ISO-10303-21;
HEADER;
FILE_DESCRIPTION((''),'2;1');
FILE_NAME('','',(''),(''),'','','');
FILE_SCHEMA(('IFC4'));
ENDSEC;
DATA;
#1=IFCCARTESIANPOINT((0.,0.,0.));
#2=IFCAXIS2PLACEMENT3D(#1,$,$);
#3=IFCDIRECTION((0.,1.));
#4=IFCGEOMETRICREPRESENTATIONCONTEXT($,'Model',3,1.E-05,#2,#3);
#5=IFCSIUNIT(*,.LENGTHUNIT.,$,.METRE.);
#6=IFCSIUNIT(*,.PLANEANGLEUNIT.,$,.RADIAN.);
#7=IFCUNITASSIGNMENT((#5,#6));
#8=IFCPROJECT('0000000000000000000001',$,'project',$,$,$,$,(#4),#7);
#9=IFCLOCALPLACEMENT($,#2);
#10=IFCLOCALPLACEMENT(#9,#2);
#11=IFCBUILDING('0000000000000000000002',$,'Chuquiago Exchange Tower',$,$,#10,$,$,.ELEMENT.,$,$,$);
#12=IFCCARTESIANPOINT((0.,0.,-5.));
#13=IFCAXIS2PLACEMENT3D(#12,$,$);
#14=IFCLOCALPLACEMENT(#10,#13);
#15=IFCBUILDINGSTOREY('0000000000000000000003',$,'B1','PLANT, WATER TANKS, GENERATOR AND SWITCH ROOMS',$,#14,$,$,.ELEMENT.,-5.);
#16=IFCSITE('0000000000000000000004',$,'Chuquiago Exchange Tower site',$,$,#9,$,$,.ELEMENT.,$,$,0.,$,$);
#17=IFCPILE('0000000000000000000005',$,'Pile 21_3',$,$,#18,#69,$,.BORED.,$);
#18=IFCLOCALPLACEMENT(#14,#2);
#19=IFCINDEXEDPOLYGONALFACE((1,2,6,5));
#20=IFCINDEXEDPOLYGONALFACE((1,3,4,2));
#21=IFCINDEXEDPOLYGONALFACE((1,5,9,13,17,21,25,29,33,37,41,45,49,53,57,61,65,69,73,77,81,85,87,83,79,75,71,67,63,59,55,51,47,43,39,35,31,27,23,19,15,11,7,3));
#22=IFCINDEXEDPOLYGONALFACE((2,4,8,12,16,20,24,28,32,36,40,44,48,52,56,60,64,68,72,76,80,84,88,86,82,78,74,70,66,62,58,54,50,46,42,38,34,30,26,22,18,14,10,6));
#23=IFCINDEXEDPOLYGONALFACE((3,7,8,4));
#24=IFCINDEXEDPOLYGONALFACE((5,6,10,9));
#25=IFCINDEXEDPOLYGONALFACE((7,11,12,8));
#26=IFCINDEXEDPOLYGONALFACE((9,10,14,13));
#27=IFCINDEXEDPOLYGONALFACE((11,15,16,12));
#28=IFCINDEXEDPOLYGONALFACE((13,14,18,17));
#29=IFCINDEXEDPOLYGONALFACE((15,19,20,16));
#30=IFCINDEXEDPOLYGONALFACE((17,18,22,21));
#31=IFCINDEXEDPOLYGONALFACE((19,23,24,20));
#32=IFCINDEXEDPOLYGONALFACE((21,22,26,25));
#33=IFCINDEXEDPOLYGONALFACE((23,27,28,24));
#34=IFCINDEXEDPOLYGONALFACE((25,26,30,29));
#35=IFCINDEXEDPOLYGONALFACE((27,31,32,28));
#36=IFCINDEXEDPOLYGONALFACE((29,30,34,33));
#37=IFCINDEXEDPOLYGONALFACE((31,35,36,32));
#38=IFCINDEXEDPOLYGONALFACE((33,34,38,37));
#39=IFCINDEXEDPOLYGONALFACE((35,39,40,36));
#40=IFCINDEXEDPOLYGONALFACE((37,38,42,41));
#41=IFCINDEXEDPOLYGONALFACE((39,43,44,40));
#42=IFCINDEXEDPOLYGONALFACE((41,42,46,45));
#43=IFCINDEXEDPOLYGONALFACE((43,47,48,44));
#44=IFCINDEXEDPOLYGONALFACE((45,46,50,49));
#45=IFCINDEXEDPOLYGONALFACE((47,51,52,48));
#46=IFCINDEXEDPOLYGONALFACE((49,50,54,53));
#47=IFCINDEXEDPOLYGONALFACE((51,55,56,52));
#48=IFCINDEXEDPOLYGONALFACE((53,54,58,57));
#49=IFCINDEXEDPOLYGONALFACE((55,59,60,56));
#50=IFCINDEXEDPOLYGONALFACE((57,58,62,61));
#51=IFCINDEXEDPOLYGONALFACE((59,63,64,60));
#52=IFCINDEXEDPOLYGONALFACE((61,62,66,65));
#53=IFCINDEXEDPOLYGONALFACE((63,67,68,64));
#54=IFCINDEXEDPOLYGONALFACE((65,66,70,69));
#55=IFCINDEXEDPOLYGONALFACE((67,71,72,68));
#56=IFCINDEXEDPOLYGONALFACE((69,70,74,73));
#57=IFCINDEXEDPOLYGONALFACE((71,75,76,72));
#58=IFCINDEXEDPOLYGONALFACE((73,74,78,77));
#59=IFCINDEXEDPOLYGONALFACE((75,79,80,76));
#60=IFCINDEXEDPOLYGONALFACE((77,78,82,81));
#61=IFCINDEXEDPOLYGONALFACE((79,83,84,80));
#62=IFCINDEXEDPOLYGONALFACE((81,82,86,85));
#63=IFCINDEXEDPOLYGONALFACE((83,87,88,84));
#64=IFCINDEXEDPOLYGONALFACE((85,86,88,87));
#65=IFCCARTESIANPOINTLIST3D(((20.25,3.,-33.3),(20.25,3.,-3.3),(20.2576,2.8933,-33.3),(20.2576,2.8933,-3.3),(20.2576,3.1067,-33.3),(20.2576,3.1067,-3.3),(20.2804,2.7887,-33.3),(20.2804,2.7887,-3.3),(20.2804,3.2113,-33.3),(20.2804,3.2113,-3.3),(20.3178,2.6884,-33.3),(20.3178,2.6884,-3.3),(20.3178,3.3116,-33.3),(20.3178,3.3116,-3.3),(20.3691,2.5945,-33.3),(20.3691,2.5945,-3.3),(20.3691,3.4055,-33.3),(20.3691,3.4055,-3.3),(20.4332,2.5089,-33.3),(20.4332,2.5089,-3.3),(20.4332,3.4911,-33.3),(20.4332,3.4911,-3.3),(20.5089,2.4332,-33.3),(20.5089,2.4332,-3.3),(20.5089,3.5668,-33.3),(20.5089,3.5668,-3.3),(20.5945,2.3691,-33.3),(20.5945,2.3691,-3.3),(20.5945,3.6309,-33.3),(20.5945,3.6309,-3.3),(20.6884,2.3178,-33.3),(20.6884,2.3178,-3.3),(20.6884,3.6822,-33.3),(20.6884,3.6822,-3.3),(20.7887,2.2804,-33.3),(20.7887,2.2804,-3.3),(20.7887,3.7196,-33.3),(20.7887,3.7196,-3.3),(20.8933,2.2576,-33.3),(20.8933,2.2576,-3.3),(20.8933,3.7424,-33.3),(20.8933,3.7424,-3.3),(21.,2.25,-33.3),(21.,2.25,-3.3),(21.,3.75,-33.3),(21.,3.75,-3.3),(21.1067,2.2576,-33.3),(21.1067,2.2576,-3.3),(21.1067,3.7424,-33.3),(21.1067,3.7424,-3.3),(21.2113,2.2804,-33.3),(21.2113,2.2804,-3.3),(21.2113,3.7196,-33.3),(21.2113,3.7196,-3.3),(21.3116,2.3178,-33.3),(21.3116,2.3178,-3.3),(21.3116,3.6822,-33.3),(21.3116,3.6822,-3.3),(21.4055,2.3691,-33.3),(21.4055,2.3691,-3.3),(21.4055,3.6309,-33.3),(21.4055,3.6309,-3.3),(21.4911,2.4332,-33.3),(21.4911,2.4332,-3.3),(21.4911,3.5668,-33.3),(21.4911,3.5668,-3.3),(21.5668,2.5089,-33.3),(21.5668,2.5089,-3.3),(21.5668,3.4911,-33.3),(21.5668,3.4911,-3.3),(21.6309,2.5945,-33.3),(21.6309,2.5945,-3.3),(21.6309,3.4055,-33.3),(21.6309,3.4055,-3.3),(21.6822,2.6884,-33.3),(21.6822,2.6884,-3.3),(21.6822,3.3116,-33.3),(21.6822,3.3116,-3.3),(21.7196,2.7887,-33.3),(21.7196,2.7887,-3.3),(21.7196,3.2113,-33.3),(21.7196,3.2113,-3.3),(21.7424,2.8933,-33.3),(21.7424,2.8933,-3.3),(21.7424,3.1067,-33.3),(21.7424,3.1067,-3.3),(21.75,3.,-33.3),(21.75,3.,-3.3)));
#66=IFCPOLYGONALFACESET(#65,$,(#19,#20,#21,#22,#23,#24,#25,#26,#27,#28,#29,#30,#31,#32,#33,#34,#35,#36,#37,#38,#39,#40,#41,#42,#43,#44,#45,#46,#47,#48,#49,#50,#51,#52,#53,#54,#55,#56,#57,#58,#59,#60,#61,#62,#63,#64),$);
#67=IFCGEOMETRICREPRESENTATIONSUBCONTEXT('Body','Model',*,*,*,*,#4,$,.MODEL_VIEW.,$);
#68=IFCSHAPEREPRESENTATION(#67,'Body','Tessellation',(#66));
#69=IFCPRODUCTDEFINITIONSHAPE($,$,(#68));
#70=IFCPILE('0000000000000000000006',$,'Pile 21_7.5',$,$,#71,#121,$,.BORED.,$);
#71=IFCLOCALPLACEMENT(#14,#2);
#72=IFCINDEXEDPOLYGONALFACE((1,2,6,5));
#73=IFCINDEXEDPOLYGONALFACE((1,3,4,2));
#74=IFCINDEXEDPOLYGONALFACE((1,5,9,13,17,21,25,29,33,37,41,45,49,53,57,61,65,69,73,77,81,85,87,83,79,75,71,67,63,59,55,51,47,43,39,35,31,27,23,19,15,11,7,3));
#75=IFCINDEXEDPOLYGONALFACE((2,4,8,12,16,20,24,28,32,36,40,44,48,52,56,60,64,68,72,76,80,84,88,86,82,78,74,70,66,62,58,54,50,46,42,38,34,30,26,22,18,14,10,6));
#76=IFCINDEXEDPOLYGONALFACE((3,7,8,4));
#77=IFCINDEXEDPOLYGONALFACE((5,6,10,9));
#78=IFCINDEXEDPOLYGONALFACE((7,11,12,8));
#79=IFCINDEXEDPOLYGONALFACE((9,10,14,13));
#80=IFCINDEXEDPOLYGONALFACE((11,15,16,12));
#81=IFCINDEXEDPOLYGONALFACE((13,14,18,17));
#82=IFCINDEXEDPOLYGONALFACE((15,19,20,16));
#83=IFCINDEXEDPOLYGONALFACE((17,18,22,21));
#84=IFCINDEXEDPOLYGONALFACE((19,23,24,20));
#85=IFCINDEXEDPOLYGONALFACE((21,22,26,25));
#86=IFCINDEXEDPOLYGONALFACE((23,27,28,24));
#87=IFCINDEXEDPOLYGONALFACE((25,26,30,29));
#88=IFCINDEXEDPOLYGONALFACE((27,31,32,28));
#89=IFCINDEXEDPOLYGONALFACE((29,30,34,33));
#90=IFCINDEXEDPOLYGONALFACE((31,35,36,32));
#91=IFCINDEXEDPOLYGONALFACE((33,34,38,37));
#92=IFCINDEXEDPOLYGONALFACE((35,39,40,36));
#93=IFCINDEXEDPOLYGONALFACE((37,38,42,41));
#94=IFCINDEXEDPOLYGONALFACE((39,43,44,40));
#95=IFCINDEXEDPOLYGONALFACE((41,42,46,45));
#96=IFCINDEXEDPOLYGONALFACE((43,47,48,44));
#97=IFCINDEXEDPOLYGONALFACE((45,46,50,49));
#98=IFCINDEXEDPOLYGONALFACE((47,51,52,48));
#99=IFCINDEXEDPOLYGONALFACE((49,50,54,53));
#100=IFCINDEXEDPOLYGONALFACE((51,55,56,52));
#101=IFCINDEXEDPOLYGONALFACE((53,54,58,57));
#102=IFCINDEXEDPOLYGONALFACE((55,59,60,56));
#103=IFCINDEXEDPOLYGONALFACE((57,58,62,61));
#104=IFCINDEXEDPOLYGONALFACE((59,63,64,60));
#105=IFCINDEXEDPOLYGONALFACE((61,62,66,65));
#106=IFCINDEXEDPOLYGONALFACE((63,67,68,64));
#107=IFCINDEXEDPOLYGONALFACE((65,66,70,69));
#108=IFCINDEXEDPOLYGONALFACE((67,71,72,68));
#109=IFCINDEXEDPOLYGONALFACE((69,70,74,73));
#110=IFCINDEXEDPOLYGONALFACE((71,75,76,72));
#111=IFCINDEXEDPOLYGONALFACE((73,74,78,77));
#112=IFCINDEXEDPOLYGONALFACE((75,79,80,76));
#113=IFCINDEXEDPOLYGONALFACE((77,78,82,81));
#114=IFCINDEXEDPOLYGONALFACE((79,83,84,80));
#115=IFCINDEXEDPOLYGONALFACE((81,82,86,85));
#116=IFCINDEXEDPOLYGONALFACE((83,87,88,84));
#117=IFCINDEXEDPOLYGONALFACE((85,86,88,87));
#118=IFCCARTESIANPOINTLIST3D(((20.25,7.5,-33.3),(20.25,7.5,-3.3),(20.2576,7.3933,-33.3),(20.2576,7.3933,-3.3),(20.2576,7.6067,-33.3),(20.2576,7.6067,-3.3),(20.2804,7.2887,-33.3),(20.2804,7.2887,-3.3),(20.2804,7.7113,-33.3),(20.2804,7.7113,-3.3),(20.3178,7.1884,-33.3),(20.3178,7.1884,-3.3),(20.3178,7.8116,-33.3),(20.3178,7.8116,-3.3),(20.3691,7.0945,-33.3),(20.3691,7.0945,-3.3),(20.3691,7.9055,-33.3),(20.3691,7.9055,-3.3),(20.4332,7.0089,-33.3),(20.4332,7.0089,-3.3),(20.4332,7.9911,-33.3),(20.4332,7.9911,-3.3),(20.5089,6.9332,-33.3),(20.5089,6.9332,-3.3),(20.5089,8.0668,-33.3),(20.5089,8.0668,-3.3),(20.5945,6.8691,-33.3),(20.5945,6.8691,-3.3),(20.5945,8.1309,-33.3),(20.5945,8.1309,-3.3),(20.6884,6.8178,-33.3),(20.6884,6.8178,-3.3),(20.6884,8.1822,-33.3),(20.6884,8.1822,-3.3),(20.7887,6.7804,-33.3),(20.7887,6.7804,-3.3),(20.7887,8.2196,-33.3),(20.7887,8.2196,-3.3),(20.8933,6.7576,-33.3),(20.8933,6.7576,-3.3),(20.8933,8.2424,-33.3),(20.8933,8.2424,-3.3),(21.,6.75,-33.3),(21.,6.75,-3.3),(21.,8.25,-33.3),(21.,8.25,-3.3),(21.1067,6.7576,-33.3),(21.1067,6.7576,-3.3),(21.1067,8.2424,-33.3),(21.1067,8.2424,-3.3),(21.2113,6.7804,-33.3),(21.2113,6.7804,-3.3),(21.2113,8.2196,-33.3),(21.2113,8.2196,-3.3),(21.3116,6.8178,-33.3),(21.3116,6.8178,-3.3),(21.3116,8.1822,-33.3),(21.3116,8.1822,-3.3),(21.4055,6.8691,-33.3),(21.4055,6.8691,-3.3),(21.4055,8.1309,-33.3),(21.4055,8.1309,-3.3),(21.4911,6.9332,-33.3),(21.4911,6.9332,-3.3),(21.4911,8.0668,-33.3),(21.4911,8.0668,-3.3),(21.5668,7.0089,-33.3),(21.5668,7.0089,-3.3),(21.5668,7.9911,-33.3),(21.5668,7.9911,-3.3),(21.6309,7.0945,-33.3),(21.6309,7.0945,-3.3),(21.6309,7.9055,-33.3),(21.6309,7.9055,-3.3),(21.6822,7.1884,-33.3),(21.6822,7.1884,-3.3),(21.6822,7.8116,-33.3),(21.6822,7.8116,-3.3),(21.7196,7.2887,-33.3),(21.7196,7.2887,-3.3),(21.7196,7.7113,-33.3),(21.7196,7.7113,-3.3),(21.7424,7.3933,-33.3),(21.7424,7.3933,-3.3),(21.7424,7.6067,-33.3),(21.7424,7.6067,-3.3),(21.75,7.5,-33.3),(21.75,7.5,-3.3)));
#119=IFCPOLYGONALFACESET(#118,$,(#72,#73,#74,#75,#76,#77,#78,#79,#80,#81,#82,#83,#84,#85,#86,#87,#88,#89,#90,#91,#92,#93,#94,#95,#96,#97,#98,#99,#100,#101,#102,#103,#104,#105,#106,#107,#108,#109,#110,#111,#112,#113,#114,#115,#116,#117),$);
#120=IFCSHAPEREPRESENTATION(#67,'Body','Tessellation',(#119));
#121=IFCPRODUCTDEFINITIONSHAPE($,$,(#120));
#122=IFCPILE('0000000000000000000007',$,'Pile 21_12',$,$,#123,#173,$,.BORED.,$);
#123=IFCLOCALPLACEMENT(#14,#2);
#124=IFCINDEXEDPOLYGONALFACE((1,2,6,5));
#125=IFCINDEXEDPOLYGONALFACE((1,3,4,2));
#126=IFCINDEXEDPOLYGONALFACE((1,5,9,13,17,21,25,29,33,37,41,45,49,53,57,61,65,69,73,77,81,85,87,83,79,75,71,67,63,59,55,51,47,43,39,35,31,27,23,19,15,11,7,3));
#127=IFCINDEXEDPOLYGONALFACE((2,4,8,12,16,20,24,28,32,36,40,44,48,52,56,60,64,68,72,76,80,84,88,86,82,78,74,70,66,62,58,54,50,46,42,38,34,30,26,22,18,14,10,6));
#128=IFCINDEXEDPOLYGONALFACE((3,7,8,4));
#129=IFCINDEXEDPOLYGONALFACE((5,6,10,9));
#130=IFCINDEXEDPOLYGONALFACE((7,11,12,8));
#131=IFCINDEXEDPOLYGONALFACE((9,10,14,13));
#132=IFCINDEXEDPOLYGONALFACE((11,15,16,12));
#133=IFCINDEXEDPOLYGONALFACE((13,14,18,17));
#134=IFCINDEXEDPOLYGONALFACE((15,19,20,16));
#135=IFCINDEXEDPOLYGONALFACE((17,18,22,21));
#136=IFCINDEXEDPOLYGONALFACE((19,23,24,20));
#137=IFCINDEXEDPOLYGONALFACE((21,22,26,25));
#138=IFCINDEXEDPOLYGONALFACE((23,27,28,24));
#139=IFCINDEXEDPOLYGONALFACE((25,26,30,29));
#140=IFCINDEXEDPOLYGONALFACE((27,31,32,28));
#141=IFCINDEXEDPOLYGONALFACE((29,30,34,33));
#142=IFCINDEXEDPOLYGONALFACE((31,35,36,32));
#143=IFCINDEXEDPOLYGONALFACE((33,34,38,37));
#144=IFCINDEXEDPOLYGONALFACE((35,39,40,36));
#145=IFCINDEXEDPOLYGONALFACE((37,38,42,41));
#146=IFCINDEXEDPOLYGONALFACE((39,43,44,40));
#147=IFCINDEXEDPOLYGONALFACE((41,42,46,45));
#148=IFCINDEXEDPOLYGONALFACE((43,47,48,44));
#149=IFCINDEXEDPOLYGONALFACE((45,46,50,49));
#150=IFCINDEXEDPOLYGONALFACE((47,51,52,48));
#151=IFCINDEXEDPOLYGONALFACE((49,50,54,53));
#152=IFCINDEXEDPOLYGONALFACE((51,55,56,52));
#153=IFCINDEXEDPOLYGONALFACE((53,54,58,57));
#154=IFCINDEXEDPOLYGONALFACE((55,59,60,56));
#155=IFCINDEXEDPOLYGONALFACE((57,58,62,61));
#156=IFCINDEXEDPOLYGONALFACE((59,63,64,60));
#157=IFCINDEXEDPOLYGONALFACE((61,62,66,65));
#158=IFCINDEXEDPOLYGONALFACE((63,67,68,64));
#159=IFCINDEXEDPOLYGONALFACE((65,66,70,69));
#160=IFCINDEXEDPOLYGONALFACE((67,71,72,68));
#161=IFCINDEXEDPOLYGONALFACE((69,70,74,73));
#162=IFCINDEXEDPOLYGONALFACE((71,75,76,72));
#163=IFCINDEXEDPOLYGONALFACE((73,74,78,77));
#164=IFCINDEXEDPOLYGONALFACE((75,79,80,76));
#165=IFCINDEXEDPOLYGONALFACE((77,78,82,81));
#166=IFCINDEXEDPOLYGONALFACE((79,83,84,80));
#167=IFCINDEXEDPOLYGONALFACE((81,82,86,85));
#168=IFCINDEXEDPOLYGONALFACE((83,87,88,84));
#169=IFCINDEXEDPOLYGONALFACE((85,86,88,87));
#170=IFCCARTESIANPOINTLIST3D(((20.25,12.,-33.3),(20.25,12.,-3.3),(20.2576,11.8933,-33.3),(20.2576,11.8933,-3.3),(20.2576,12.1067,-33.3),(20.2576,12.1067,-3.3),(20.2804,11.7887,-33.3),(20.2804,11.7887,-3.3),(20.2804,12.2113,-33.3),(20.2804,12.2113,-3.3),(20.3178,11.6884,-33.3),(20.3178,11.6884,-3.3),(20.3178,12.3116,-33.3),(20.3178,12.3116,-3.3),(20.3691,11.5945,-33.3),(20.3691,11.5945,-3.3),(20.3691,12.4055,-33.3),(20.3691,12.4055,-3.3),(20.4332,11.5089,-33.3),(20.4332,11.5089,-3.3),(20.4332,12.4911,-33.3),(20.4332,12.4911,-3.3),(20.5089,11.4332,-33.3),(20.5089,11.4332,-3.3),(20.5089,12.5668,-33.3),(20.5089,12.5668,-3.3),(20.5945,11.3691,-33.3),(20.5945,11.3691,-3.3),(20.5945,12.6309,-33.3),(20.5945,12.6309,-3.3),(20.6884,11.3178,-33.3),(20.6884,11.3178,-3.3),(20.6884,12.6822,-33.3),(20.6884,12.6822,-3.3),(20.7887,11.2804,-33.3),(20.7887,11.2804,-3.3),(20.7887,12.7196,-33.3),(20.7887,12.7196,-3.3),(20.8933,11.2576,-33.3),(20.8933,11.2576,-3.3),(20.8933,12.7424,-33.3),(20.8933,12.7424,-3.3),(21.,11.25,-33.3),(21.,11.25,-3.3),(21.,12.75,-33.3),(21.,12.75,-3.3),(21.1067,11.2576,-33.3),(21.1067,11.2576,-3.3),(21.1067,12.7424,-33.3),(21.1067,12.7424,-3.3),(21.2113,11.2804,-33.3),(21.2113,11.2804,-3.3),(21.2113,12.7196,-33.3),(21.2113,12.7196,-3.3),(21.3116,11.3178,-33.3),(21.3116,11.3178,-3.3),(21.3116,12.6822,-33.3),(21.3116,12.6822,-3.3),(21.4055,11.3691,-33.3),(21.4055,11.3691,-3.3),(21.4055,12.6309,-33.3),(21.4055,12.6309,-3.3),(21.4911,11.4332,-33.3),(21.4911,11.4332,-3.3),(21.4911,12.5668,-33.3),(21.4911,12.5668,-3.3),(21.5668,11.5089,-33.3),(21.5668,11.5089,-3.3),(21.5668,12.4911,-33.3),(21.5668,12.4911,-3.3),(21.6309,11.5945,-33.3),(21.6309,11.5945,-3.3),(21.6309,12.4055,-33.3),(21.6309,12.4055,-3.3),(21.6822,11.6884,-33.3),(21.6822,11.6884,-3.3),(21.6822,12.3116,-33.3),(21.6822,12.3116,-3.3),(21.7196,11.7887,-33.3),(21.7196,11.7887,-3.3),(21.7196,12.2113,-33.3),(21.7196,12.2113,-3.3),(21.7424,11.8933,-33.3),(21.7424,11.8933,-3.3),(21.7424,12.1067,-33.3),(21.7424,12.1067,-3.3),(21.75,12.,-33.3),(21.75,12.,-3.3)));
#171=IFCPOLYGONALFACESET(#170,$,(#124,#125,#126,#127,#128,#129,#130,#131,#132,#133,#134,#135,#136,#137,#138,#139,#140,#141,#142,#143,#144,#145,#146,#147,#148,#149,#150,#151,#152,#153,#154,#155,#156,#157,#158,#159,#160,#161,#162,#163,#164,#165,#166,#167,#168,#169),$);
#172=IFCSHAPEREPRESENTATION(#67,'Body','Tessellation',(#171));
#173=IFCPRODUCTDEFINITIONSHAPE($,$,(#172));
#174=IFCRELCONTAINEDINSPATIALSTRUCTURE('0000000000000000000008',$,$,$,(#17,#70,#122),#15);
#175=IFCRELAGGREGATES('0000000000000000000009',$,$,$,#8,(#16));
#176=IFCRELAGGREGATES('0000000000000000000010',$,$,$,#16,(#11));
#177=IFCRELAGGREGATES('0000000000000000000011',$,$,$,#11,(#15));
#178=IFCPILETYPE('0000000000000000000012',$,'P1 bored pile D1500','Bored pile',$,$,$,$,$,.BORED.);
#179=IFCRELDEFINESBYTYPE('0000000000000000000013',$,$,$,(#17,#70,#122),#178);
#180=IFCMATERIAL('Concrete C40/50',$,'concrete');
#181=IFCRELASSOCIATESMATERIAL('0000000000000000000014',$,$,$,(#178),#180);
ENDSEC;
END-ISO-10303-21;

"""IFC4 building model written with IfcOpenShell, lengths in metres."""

from ifc_helpers import new_model, si_unit, direction, frame, origin, origin_2d, place, context, subcontext, project, spatial, circle, extrude, material, material_profile, profile_set, type_object, element, save


model = new_model("IFC4")

# Units and contexts
model_context = context("Model", 3, precision=1e-05, world=origin(), true_north=direction((0.0, 1.0)))
body_context = subcontext(model_context, "Body", "Model", "MODEL_VIEW")
ifc_project = project(units=[si_unit("LENGTHUNIT", "METRE"), si_unit("PLANEANGLEUNIT", "RADIAN")], contexts=[model_context])

# Site, building, storey
site_placement = place(None, origin())
site = spatial("IfcSite", under=ifc_project, at=site_placement, Name="Chuquiago Exchange Tower site", CompositionType="ELEMENT", RefElevation=0.0)
building_placement = place(site_placement, origin())
building = spatial("IfcBuilding", under=site, at=building_placement, Name="Chuquiago Exchange Tower", CompositionType="ELEMENT")
storey_placement = place(building_placement, frame((0.0, 0.0, -5.0)))
storey = spatial("IfcBuildingStorey", under=building, at=storey_placement, Name="B1", Description="PLANT, WATER TANKS, GENERATOR AND SWITCH ROOMS", CompositionType="ELEMENT", Elevation=-5.0)

# Piles
ifc_material_1 = material(Name="Concrete C40/50", Category="concrete")
ifc_material_profile_1 = material_profile(ifc_material_1, circle(Radius=0.75, at=origin_2d()), Name="D1500")
ifc_profile_set_1 = profile_set([ifc_material_profile_1], Name="Concrete C40/50")
pile_type = type_object("IfcPileType", Name="P1 bored pile D1500", Description="Bored pile", PredefinedType="BORED", material=ifc_profile_set_1)
for number, where, z_axis, x_axis, name in (
    (1, (21.0, 3.0, -3.3), (0.0, 0.0, -1.0), (1.0, 0.0, 0.0), "Pile 21_3"),
    (2, (21.0, 7.5, -3.3), (0.0, 0.0, -1.0), (1.0, 0.0, 0.0), "Pile 21_7.5"),
    (3, (21.0, 12.0, -3.3), (0.0, 0.0, -1.0), (1.0, 0.0, 0.0), "Pile 21_12"),
):
    element("IfcPile", number, at=place(storey_placement, frame(where, z_axis=z_axis, x_axis=x_axis)), inside=storey, type_object=pile_type, Name=name, PredefinedType="BORED", context=body_context, shape_type="SweptSolid", body=[
        extrude(circle(Radius=0.75, at=origin_2d()), origin(), (0.0, 0.0, 1.0), 30.0),
    ])

save(model, "model.ifc")
